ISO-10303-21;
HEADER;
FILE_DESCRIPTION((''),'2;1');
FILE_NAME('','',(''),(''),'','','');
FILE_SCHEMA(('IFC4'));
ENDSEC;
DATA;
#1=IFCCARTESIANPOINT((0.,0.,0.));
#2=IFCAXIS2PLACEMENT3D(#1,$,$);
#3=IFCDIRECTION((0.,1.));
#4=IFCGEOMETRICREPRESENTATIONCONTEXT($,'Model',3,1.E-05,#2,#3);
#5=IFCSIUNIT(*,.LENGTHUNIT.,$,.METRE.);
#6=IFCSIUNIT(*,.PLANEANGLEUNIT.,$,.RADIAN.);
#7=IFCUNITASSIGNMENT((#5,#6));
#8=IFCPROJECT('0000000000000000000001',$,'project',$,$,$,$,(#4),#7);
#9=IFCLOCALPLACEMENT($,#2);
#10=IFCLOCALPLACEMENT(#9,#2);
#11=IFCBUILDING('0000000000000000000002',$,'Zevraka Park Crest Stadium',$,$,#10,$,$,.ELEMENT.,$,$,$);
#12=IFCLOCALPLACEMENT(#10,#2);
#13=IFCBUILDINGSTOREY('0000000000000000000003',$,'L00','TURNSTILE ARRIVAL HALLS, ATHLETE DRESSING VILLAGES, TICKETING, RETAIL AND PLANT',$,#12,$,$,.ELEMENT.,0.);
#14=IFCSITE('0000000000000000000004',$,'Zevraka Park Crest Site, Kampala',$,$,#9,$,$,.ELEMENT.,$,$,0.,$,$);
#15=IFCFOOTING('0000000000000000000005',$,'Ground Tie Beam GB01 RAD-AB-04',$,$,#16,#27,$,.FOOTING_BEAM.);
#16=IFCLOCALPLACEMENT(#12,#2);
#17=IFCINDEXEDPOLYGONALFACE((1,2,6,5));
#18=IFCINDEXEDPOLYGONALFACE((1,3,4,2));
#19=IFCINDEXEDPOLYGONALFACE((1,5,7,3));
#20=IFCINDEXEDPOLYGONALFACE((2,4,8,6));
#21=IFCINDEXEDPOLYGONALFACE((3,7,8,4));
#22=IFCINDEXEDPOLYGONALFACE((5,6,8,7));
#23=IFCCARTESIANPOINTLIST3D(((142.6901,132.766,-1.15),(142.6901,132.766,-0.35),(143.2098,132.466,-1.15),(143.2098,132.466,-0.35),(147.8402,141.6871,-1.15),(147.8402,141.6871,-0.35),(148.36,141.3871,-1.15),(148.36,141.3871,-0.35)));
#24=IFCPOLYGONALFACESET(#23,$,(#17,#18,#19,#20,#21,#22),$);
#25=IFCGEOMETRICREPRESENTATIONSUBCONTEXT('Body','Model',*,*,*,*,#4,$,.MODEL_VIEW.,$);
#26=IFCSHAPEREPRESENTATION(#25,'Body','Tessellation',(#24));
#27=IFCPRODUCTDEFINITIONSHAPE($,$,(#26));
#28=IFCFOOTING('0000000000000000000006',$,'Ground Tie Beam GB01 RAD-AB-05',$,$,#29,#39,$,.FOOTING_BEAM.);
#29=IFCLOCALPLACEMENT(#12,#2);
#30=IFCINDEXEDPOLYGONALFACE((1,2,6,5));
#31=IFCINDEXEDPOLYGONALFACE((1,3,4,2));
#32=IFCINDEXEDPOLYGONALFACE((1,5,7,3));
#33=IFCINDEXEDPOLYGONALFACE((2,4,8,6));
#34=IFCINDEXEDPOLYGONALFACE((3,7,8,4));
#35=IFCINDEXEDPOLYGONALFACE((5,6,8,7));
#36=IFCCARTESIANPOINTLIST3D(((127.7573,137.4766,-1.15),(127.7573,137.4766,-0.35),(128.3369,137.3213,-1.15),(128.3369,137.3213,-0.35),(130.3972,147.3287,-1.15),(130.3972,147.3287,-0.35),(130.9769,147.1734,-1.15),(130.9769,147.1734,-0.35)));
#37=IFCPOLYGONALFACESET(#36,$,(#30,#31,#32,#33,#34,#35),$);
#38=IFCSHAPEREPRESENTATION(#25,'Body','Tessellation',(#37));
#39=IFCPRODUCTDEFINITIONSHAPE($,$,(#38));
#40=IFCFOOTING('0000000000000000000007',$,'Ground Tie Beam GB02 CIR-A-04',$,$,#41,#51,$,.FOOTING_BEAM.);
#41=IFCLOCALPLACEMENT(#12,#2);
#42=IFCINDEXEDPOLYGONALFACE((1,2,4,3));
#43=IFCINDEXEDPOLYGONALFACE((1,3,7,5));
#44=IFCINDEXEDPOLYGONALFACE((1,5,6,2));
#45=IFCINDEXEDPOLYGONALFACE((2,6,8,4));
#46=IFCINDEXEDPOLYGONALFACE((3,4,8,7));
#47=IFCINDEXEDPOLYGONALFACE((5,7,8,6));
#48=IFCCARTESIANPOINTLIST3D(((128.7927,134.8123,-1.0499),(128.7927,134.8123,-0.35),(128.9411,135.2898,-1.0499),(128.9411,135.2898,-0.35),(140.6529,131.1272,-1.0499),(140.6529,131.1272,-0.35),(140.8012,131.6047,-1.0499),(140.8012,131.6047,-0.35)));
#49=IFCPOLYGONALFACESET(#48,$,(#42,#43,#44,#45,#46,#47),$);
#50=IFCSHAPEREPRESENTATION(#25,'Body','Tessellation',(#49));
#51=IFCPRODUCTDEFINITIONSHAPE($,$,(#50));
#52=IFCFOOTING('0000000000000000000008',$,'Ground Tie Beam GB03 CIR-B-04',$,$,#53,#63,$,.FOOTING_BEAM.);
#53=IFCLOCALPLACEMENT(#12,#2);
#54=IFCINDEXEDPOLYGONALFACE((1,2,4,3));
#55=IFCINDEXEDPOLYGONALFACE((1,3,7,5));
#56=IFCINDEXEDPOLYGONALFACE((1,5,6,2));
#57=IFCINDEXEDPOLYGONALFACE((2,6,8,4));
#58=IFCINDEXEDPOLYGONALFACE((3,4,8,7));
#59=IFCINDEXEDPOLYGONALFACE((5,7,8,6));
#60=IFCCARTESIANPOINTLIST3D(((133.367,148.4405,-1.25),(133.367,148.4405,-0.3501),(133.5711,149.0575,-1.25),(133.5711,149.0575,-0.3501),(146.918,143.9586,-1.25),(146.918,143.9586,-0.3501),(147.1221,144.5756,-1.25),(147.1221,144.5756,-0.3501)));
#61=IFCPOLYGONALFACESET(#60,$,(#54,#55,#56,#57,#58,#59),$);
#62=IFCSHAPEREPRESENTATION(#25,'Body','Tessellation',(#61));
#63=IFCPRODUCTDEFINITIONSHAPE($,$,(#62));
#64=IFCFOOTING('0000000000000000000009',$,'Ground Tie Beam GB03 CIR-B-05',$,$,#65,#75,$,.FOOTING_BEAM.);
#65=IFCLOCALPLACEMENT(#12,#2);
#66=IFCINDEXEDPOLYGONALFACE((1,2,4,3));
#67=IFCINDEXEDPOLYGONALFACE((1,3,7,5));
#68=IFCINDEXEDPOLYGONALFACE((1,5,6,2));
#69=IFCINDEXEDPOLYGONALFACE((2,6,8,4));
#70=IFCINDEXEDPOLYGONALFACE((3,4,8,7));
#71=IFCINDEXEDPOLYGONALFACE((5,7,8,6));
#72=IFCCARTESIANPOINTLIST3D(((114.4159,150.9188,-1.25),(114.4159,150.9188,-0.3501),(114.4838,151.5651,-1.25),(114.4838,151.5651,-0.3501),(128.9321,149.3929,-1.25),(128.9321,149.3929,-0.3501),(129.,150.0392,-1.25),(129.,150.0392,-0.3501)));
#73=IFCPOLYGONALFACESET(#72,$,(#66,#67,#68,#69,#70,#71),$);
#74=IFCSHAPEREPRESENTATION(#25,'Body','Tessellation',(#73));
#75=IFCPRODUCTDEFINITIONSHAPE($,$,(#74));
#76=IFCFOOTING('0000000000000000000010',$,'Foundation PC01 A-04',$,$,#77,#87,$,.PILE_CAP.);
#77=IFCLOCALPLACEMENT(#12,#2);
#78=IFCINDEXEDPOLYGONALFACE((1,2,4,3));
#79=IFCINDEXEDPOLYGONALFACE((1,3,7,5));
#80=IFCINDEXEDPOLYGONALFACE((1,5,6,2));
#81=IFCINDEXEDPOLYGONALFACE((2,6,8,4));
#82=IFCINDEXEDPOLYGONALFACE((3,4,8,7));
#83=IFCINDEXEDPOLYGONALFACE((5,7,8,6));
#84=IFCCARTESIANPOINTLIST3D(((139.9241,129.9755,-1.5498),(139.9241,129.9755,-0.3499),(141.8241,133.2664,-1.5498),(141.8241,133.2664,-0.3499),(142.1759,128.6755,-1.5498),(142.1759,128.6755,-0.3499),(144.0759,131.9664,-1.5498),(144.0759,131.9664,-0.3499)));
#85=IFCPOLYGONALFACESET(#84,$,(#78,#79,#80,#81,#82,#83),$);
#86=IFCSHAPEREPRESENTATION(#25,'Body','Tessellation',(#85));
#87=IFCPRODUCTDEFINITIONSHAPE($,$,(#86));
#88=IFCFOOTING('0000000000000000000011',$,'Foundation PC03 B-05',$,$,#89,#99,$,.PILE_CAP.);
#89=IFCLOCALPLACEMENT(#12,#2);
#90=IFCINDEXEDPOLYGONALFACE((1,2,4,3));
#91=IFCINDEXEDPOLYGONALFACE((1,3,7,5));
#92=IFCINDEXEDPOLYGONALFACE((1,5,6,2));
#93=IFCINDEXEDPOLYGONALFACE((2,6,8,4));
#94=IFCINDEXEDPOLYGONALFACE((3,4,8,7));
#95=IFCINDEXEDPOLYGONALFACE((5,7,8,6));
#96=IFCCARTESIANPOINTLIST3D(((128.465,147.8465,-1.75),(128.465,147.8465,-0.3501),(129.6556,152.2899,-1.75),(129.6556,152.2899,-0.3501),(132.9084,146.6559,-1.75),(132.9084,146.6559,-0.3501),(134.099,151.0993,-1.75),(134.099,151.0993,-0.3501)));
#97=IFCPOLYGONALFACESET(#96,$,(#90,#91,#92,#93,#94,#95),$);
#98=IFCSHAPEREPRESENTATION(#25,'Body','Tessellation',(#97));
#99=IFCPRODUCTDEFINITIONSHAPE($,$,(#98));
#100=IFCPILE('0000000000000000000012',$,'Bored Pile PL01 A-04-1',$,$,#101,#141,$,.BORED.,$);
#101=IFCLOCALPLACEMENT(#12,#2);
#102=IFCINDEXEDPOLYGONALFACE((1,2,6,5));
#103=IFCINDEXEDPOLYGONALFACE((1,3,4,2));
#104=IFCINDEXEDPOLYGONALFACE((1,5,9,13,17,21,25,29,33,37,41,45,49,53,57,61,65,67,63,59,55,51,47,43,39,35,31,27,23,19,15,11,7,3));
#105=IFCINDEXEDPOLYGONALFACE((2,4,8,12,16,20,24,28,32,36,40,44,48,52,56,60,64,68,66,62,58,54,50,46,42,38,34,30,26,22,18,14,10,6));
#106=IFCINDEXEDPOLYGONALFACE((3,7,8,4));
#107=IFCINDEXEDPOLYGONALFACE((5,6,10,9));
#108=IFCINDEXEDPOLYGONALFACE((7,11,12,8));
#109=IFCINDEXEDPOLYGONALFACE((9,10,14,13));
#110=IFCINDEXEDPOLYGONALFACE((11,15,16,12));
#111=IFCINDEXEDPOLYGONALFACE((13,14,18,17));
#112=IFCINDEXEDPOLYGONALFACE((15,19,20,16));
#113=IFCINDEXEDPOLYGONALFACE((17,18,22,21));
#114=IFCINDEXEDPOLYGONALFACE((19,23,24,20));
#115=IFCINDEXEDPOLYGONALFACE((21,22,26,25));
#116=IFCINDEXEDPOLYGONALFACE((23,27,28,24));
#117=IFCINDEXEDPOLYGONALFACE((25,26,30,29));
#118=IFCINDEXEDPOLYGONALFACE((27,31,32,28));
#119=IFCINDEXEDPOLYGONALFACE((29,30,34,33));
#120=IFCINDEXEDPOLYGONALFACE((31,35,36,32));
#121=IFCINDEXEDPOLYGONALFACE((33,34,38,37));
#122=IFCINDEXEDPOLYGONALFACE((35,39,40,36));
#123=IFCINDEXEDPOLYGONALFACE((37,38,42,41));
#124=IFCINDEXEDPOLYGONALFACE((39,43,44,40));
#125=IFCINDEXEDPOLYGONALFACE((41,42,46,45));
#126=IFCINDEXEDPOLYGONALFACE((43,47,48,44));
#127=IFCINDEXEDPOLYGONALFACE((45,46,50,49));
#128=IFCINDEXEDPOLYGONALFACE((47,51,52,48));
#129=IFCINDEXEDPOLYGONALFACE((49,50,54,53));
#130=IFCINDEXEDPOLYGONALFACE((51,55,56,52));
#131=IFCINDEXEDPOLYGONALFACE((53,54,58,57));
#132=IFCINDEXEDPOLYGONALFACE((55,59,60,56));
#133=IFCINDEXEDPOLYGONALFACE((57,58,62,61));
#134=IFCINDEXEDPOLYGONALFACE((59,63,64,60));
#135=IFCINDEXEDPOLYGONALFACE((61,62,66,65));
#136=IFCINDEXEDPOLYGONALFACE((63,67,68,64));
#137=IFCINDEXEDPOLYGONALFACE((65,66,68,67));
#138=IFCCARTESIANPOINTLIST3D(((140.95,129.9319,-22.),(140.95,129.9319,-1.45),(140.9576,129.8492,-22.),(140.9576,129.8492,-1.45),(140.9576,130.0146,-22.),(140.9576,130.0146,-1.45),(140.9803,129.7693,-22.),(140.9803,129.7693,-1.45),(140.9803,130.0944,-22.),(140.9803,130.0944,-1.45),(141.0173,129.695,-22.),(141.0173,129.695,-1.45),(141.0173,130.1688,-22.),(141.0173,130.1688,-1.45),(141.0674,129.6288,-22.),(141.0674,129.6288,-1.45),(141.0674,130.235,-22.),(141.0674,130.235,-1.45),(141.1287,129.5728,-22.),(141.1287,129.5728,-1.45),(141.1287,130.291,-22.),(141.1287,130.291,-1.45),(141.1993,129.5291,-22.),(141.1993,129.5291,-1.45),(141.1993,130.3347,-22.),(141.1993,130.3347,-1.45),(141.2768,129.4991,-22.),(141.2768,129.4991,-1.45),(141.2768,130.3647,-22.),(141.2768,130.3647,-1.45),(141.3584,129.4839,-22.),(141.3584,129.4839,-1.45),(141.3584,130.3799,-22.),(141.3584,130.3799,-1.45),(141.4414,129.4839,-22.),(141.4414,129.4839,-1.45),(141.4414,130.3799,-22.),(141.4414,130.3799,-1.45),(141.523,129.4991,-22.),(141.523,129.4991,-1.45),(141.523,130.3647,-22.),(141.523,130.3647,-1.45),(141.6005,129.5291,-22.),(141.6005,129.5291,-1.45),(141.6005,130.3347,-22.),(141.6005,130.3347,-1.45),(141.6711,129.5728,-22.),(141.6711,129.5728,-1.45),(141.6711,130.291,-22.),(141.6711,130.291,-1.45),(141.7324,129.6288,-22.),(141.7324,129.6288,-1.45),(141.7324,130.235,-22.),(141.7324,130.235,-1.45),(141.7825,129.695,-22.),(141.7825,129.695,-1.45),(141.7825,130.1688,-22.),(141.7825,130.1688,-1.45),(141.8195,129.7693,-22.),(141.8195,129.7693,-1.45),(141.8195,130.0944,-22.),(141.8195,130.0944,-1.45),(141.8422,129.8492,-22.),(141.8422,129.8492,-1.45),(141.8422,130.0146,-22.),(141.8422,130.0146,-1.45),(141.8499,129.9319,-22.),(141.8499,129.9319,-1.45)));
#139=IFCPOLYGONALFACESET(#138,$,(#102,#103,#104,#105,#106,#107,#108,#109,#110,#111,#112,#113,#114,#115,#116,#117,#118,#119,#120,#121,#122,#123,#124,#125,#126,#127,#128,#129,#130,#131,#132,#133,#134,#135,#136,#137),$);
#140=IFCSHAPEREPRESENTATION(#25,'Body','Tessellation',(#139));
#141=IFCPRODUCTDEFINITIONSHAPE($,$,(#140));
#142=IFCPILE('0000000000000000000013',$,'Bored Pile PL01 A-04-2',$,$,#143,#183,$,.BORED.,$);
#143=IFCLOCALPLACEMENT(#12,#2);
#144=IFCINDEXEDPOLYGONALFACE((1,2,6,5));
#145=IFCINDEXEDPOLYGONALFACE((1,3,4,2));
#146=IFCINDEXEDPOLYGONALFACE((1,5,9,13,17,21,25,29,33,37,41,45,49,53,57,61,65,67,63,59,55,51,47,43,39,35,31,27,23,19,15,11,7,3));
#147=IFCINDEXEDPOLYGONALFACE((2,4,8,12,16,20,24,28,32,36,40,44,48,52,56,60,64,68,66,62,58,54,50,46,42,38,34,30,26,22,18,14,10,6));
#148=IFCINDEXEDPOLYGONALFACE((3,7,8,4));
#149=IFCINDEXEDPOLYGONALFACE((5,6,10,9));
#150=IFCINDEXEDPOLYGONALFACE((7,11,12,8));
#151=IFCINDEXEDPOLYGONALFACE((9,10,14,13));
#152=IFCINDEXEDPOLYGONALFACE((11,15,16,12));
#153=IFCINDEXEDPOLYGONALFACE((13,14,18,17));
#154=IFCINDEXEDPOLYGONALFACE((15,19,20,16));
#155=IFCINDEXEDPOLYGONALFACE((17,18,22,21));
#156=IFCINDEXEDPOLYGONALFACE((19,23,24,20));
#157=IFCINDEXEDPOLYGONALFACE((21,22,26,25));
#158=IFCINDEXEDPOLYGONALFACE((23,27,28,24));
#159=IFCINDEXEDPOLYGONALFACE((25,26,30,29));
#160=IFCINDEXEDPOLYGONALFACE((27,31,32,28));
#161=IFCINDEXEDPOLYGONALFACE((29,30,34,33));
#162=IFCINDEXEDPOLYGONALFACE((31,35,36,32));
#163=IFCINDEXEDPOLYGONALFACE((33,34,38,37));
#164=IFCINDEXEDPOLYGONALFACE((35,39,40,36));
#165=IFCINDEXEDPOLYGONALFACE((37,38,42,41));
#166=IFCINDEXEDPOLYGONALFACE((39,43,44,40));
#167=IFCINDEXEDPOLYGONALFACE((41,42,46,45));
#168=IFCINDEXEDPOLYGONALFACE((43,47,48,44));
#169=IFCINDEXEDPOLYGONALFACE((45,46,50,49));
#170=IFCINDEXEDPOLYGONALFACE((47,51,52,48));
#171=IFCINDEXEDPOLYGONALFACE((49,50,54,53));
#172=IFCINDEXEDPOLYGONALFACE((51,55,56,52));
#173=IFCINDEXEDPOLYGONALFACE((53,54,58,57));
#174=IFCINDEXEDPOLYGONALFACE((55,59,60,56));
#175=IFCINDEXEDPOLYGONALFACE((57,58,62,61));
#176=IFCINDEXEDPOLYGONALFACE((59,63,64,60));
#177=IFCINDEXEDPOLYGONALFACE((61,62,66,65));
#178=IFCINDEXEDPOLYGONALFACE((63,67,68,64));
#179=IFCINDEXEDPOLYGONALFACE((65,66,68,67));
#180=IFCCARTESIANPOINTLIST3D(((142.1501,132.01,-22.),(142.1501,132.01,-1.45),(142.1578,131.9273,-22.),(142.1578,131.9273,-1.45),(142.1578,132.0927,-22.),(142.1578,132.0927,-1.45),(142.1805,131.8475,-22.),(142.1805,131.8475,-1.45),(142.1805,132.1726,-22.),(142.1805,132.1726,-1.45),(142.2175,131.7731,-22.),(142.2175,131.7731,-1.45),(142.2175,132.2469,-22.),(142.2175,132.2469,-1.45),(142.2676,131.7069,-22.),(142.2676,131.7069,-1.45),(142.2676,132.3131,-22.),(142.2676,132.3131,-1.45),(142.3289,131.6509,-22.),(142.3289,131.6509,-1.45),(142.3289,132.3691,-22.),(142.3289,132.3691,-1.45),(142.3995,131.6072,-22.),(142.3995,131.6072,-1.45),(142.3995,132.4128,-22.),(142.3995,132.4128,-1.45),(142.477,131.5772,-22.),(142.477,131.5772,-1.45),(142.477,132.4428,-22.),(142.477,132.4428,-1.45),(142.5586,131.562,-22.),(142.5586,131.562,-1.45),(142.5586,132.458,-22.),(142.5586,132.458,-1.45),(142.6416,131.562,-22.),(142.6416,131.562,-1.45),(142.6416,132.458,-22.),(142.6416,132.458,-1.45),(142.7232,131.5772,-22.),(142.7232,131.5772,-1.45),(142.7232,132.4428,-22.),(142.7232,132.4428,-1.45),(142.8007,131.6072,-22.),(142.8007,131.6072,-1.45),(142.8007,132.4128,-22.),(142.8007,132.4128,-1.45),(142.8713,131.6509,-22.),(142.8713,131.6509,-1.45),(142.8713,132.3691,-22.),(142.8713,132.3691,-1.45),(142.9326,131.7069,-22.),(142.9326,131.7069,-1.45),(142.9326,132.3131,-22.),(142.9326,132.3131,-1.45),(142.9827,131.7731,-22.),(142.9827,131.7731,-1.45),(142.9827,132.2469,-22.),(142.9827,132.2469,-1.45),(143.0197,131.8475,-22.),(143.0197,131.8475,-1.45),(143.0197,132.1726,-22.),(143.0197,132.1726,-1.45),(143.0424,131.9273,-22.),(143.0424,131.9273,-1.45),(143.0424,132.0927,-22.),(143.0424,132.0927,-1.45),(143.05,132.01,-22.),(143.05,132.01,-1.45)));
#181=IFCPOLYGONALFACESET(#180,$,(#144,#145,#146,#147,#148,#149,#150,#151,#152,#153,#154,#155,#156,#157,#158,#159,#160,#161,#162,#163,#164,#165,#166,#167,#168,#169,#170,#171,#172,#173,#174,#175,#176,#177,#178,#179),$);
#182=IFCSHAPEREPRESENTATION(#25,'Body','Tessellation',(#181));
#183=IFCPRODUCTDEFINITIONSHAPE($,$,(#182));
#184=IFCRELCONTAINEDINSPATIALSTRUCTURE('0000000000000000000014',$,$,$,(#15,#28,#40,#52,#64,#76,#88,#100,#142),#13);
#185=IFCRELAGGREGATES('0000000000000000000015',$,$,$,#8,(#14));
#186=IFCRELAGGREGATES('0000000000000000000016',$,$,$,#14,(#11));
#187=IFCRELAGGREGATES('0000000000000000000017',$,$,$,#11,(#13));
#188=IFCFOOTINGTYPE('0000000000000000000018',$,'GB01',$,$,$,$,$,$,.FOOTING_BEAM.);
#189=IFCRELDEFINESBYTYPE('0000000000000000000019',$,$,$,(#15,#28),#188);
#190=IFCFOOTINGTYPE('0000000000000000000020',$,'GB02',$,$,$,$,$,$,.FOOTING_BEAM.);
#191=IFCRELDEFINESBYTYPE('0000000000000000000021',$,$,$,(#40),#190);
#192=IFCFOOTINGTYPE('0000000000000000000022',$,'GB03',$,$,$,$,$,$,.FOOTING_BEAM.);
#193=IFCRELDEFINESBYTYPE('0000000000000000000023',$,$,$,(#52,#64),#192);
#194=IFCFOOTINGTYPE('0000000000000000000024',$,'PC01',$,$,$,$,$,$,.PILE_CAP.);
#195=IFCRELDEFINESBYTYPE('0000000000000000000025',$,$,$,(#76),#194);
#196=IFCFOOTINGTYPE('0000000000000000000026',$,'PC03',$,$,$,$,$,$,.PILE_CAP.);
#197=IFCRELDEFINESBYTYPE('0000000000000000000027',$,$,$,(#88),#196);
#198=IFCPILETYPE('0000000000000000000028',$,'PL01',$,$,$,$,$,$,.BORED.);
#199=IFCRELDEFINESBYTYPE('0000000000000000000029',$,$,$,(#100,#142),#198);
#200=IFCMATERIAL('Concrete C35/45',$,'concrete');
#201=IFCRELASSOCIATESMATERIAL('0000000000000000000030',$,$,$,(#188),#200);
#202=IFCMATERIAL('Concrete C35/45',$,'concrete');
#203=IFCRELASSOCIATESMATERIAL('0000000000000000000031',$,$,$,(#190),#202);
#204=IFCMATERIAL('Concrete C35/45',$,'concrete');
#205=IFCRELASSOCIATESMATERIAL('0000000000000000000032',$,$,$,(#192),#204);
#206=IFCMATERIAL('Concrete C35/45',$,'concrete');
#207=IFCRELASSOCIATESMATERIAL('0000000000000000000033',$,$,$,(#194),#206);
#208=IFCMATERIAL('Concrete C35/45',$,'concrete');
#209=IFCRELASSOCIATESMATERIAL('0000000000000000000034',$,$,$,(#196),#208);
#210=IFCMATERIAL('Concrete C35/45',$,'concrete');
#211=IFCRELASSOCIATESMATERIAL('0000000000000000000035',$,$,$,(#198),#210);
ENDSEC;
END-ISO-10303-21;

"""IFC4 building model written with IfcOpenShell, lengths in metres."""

from ifc_helpers import new_model, si_unit, direction, frame, origin, origin_2d, place, context, subcontext, project, spatial, rectangle, circle, extrude, material, material_profile, profile_set, type_object, element, save


model = new_model("IFC4")

# Units and contexts
model_context = context("Model", 3, precision=1e-05, world=origin(), true_north=direction((0.0, 1.0)))
body_context = subcontext(model_context, "Body", "Model", "MODEL_VIEW")
ifc_project = project(units=[si_unit("LENGTHUNIT", "METRE"), si_unit("PLANEANGLEUNIT", "RADIAN")], contexts=[model_context])

# Site, building, storey
site_placement = place(None, origin())
site = spatial("IfcSite", under=ifc_project, at=site_placement, Name="Zevraka Park Crest Site, Kampala", CompositionType="ELEMENT", RefElevation=0.0)
building_placement = place(site_placement, origin())
building = spatial("IfcBuilding", under=site, at=building_placement, Name="Zevraka Park Crest Stadium", CompositionType="ELEMENT")
storey_placement = place(building_placement, origin())
storey = spatial("IfcBuildingStorey", under=building, at=storey_placement, Name="L00", Description="TURNSTILE ARRIVAL HALLS, ATHLETE DRESSING VILLAGES, TICKETING, RETAIL AND PLANT", CompositionType="ELEMENT", Elevation=0.0)

# Footings
ifc_material_1 = material(Name="Concrete C35/45", Category="concrete")
ifc_material_profile_1 = material_profile(ifc_material_1, rectangle(XDim=0.6001, YDim=0.8, at=origin_2d()), Name="GB 800x600")
ifc_profile_set_1 = profile_set([ifc_material_profile_1], Name="Concrete C35/45")
footing_type_1 = type_object("IfcFootingType", Name="GB01", PredefinedType="FOOTING_BEAM", material=ifc_profile_set_1)
footing_1_placement = place(storey_placement, frame((142.95, 132.616, -0.75), z_axis=(0.499965, 0.866045, 0.0), x_axis=(-0.866045, 0.499965, 0.0)))
element("IfcFooting", 1, at=footing_1_placement, inside=storey, type_object=footing_type_1, Name="Ground Tie Beam GB01 RAD-AB-04", PredefinedType="FOOTING_BEAM", context=body_context, shape_type="SweptSolid", body=[
    extrude(rectangle(XDim=0.6001, YDim=0.8, at=origin_2d()), origin(), (0.0, 0.0, 1.0), 10.301),
])
footing_2_placement = place(storey_placement, frame((128.0471, 137.3989, -0.75), z_axis=(0.258823, 0.965925, 0.0), x_axis=(-0.965925, 0.258823, 0.0)))
element("IfcFooting", 2, at=footing_2_placement, inside=storey, type_object=footing_type_1, Name="Ground Tie Beam GB01 RAD-AB-05", PredefinedType="FOOTING_BEAM", context=body_context, shape_type="SweptSolid", body=[
    extrude(rectangle(XDim=0.6001, YDim=0.8, at=origin_2d()), origin(), (0.0, 0.0, 1.0), 10.1997),
])
ifc_material_2 = material(Name="Concrete C35/45", Category="concrete")
ifc_material_profile_2 = material_profile(ifc_material_2, rectangle(XDim=0.5, YDim=0.7, at=origin_2d()), Name="GB 700x500")
ifc_profile_set_2 = profile_set([ifc_material_profile_2], Name="Concrete C35/45")
footing_type_2 = type_object("IfcFootingType", Name="GB02", PredefinedType="FOOTING_BEAM", material=ifc_profile_set_2)
footing_3_placement = place(storey_placement, frame((140.7271, 131.366, -0.7), z_axis=(-0.954965, 0.296718, 0.0), x_axis=(-0.296718, -0.954965, 0.0)))
element("IfcFooting", 3, at=footing_3_placement, inside=storey, type_object=footing_type_2, Name="Ground Tie Beam GB02 CIR-A-04", PredefinedType="FOOTING_BEAM", context=body_context, shape_type="SweptSolid", body=[
    extrude(rectangle(XDim=0.5, YDim=0.7, at=origin_2d()), origin(), (0.0, 0.0, 1.0), 12.4194),
])
ifc_material_3 = material(Name="Concrete C35/45", Category="concrete")
ifc_material_profile_3 = material_profile(ifc_material_3, rectangle(XDim=0.6499, YDim=0.8999, at=origin_2d()), Name="GB 900x650")
ifc_profile_set_3 = profile_set([ifc_material_profile_3], Name="Concrete C35/45")
footing_type_3 = type_object("IfcFootingType", Name="GB03", PredefinedType="FOOTING_BEAM", material=ifc_profile_set_3)
footing_4_placement = place(storey_placement, frame((147.02, 144.2671, -0.8), z_axis=(-0.949418, 0.314015, 0.0), x_axis=(-0.314015, -0.949418, 0.0)))
element("IfcFooting", 4, at=footing_4_placement, inside=storey, type_object=footing_type_3, Name="Ground Tie Beam GB03 CIR-B-04", PredefinedType="FOOTING_BEAM", context=body_context, shape_type="SweptSolid", body=[
    extrude(rectangle(XDim=0.6499, YDim=0.8999, at=origin_2d()), origin(), (0.0, 0.0, 1.0), 14.2729),
])
footing_5_placement = place(storey_placement, frame((128.9661, 149.7161, -0.8), z_axis=(-0.994521, 0.10454, 0.0), x_axis=(-0.10454, -0.994521, 0.0)))
element("IfcFooting", 5, at=footing_5_placement, inside=storey, type_object=footing_type_3, Name="Ground Tie Beam GB03 CIR-B-05", PredefinedType="FOOTING_BEAM", context=body_context, shape_type="SweptSolid", body=[
    extrude(rectangle(XDim=0.6499, YDim=0.8999, at=origin_2d()), origin(), (0.0, 0.0, 1.0), 14.5962),
])
ifc_material_4 = material(Name="Concrete C35/45", Category="concrete")
footing_type_4 = type_object("IfcFootingType", Name="PC01", PredefinedType="PILE_CAP", material=ifc_material_4)
footing_6_placement = place(storey_placement, frame((142.0, 130.9709, -1.5498), z_axis=(0.0, 0.0, 1.0), x_axis=(0.5, 0.866025, 0.0)))
element("IfcFooting", 6, at=footing_6_placement, inside=storey, type_object=footing_type_4, Name="Foundation PC01 A-04", PredefinedType="PILE_CAP", context=body_context, shape_type="SweptSolid", body=[
    extrude(rectangle(XDim=3.8, YDim=2.6001, at=origin_2d()), origin(), (0.0, 0.0, 1.0), 1.2),
])
ifc_material_5 = material(Name="Concrete C35/45", Category="concrete")
footing_type_5 = type_object("IfcFootingType", Name="PC03", PredefinedType="PILE_CAP", material=ifc_material_5)
footing_7_placement = place(storey_placement, frame((131.282, 149.4729, -1.75), z_axis=(0.0, 0.0, 1.0), x_axis=(0.258819, 0.965926, 0.0)))
element("IfcFooting", 7, at=footing_7_placement, inside=storey, type_object=footing_type_5, Name="Foundation PC03 B-05", PredefinedType="PILE_CAP", context=body_context, shape_type="SweptSolid", body=[
    extrude(rectangle(XDim=4.6001, YDim=4.6001, at=origin_2d()), origin(), (0.0, 0.0, 1.0), 1.3999),
])

# Piles
ifc_material_6 = material(Name="Concrete C35/45", Category="concrete")
ifc_material_profile_4 = material_profile(ifc_material_6, circle(Radius=0.45, at=origin_2d()), Name="PILE D900")
ifc_profile_set_4 = profile_set([ifc_material_profile_4], Name="Concrete C35/45")
pile_type_1 = type_object("IfcPileType", Name="PL01", PredefinedType="BORED", material=ifc_profile_set_4)
for number, where, z_axis, x_axis, name in (
    (8, (141.3999, 129.9319, -1.45), (0.0, 0.0, -1.0), (1.0, 0.0, 0.0), "Bored Pile PL01 A-04-1"),
    (9, (142.6001, 132.01, -1.45), (0.0, 0.0, -1.0), (1.0, 0.0, 0.0), "Bored Pile PL01 A-04-2"),
):
    element("IfcPile", number, at=place(storey_placement, frame(where, z_axis=z_axis, x_axis=x_axis)), inside=storey, type_object=pile_type_1, Name=name, PredefinedType="BORED", context=body_context, shape_type="SweptSolid", body=[
        extrude(circle(Radius=0.45, at=origin_2d()), origin(), (0.0, 0.0, 1.0), 20.55),
    ])

save(model, "model.ifc")
